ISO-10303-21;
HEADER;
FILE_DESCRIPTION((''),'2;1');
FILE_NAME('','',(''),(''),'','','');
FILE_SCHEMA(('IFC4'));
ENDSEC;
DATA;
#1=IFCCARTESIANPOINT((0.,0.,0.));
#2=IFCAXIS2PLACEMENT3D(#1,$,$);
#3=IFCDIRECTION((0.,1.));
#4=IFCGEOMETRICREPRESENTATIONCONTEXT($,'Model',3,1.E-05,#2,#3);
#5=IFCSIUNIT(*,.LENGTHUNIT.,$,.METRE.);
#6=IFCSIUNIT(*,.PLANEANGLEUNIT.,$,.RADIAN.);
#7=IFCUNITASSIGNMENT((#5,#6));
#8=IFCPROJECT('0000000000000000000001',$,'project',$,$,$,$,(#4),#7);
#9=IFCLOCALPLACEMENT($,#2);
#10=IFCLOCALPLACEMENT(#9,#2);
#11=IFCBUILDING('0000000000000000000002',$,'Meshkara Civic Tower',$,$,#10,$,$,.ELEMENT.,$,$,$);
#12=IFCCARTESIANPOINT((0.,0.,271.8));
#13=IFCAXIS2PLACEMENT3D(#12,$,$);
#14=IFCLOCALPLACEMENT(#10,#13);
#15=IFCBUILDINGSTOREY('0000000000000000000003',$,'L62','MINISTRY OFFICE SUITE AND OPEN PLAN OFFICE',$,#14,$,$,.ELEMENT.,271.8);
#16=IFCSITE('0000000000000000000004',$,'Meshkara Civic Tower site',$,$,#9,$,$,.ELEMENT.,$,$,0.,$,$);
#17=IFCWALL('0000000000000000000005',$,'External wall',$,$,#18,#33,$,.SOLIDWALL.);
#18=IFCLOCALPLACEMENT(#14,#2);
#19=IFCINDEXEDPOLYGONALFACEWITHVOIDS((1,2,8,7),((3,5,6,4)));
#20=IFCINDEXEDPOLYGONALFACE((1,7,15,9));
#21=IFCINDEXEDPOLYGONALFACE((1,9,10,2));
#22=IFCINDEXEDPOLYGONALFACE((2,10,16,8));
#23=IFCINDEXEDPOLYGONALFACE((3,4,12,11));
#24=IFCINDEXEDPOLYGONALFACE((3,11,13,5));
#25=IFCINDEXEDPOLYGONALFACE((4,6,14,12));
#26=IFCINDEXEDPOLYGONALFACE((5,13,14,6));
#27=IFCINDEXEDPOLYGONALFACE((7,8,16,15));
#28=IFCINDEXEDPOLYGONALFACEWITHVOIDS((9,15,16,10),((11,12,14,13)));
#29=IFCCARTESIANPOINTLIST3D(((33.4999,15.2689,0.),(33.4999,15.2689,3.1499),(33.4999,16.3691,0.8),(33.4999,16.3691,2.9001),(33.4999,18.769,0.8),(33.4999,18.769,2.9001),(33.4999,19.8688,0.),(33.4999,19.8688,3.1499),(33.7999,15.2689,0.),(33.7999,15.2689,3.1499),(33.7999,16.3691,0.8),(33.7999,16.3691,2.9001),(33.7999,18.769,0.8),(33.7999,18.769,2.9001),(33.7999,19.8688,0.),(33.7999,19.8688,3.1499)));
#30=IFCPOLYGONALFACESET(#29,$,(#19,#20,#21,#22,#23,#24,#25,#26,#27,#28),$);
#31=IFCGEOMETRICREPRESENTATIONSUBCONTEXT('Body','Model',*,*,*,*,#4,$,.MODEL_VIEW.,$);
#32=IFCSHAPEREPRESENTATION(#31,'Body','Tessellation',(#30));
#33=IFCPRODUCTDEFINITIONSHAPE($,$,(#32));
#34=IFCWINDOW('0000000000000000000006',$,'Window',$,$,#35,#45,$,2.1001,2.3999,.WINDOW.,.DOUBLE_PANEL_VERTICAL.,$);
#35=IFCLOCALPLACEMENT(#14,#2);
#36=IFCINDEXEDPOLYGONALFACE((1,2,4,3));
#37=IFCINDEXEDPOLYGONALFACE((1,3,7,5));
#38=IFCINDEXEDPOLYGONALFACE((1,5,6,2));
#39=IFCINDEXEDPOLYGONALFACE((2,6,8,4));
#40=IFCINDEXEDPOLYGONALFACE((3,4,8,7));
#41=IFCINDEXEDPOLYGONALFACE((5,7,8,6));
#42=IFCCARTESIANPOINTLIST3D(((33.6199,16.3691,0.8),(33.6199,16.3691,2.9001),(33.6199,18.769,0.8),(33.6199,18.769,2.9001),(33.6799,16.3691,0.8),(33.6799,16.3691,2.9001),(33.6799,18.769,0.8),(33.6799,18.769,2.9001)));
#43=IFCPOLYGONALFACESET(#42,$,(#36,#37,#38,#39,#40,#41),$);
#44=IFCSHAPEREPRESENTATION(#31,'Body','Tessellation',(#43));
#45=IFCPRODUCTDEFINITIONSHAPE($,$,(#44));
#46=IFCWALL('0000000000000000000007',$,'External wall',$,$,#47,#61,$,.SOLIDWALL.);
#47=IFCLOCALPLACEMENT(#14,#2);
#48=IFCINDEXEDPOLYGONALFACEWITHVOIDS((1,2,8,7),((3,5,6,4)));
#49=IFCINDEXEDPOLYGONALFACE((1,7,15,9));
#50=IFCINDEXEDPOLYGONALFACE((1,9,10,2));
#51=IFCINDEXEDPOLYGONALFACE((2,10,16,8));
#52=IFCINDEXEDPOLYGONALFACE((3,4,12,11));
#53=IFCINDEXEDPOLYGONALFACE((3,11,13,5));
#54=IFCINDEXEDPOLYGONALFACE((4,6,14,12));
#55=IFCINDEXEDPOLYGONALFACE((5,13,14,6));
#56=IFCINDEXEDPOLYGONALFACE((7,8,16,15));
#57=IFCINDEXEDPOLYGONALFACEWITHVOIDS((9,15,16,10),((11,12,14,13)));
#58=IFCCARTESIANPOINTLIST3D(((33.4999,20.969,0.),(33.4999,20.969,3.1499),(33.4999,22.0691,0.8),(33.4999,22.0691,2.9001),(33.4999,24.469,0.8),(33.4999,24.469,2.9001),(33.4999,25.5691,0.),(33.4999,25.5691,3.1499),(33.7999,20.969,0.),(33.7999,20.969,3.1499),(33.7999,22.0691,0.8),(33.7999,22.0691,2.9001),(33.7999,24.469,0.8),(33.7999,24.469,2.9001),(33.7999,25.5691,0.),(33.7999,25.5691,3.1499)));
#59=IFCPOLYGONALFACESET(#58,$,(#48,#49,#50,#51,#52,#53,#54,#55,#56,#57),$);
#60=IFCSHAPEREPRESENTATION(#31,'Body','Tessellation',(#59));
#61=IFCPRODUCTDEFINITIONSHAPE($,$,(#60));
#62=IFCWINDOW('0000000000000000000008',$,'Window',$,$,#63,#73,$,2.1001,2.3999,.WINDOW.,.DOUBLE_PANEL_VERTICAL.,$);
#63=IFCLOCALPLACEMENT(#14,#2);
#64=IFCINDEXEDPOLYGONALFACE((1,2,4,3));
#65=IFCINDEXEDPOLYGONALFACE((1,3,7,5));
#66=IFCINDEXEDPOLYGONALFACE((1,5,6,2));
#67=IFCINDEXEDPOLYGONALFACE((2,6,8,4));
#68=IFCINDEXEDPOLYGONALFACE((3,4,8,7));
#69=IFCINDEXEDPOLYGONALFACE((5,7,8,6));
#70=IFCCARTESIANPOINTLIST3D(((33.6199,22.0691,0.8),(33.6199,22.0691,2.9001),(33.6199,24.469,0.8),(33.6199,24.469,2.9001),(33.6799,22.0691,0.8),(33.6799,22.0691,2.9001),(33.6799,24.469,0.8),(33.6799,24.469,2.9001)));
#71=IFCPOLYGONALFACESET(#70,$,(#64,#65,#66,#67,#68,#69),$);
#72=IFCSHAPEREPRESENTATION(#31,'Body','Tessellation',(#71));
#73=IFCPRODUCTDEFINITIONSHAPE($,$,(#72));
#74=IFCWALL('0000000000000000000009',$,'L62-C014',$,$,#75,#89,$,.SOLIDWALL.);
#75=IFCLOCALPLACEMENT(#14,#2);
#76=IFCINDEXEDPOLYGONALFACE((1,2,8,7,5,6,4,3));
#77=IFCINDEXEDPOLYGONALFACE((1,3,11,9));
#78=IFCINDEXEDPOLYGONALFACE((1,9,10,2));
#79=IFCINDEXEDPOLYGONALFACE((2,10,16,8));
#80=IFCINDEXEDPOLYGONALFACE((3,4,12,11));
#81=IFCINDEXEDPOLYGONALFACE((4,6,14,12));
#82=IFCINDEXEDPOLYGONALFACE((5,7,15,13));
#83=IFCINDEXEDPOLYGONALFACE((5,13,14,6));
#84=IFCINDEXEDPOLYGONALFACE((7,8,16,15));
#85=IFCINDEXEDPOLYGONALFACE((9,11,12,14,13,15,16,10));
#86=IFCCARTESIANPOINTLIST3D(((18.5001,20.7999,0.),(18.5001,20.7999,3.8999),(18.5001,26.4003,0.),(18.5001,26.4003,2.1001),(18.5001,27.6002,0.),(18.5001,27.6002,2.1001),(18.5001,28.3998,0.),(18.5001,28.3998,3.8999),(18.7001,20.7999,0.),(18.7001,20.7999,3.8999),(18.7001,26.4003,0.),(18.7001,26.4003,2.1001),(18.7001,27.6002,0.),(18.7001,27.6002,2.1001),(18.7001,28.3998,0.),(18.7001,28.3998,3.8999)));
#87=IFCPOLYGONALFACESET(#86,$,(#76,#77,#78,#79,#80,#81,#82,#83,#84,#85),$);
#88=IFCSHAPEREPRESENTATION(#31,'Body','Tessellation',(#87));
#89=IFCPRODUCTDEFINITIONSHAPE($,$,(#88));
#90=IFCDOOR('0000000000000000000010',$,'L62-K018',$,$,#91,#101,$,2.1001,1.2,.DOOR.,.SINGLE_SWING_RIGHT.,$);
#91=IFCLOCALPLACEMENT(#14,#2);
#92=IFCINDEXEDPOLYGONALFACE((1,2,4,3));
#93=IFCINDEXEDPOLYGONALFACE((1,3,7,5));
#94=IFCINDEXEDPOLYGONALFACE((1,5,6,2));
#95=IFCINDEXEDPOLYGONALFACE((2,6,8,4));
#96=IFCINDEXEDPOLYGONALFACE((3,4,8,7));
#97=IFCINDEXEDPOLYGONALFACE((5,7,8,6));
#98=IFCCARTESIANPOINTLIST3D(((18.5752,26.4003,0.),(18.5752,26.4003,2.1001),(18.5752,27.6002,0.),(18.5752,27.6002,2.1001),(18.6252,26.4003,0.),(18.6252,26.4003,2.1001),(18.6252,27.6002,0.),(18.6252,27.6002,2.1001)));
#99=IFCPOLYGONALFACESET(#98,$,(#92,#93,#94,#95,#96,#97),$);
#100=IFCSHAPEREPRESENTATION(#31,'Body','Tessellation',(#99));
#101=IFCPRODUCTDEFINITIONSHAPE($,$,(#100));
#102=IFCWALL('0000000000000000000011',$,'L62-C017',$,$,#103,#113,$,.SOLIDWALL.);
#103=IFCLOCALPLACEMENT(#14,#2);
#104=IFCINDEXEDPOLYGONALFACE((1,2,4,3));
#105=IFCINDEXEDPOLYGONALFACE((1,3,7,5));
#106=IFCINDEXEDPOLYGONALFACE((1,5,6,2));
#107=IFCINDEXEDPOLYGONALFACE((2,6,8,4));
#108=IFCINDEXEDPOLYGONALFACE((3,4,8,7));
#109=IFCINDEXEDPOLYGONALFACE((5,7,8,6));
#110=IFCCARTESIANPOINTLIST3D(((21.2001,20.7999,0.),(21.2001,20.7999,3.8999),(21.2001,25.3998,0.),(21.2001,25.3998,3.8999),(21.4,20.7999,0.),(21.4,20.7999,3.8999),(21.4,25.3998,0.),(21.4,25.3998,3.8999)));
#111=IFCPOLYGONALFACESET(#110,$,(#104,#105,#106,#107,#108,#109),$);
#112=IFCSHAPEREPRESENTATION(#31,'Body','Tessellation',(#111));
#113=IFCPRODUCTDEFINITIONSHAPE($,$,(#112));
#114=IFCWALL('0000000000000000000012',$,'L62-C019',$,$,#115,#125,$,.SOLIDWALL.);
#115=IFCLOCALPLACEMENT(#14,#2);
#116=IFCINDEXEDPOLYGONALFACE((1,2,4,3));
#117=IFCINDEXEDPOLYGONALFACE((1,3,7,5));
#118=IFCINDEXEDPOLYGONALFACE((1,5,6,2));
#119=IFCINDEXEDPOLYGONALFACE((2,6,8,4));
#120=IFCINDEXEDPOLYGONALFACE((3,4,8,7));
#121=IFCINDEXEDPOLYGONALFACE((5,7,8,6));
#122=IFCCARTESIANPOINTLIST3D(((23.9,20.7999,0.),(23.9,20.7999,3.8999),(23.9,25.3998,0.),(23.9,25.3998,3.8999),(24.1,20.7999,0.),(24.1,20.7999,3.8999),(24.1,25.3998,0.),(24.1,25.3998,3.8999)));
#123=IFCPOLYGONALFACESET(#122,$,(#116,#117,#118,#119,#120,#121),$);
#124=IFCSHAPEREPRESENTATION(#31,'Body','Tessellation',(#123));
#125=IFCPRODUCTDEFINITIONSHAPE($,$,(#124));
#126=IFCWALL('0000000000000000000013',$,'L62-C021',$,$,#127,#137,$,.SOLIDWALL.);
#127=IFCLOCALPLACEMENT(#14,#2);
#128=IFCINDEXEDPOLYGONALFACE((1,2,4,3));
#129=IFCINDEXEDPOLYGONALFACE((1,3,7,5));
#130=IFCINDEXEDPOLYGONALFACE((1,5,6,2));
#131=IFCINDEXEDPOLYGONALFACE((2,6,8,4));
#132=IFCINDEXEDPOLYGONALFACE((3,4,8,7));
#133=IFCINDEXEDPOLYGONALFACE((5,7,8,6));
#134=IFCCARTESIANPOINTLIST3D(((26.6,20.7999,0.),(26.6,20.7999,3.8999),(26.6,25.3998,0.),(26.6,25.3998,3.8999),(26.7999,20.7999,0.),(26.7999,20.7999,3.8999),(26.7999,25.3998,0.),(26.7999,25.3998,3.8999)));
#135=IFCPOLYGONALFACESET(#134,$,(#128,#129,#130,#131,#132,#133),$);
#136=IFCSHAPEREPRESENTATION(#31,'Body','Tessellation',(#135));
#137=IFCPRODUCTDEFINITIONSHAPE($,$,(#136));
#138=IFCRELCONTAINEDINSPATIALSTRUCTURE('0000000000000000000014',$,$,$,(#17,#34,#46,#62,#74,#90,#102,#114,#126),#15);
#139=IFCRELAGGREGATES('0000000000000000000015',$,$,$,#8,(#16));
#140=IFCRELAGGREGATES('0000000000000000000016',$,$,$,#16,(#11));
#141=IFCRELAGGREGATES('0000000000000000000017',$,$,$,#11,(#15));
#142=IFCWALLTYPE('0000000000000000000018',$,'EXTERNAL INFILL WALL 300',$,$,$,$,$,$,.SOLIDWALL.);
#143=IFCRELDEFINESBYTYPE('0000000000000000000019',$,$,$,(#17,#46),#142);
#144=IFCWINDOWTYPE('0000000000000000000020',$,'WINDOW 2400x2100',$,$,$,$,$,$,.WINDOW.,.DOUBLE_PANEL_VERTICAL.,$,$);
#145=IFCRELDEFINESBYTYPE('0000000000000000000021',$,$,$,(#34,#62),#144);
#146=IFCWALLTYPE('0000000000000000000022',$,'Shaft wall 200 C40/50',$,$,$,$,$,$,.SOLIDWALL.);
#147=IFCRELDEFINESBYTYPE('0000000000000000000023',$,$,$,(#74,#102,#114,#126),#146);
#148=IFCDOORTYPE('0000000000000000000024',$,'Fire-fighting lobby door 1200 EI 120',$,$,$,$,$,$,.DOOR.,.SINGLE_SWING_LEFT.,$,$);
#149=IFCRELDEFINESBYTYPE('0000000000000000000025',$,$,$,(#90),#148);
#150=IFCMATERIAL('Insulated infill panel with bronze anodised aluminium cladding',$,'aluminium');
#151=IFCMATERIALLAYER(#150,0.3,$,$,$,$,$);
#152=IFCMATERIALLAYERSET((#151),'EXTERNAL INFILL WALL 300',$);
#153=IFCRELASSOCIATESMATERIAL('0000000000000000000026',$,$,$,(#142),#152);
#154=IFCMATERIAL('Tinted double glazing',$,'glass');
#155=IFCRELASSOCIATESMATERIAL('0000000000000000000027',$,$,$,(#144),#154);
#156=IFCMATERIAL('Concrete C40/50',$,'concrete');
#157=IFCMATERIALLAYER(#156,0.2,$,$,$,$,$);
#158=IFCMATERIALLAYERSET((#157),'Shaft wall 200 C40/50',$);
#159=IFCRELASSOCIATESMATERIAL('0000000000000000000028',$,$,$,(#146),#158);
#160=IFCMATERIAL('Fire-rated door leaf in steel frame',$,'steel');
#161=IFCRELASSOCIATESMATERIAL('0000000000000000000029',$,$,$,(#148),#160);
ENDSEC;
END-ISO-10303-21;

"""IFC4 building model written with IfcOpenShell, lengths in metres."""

from ifc_helpers import new_model, si_unit, direction, frame, frame_2d, origin, place, context, subcontext, project, spatial, rectangle, extrude, material, layer, layer_set, type_object, element, fill, save


model = new_model("IFC4")

# Units and contexts
model_context = context("Model", 3, precision=1e-05, world=origin(), true_north=direction((0.0, 1.0)))
body_context = subcontext(model_context, "Body", "Model", "MODEL_VIEW")
ifc_project = project(units=[si_unit("LENGTHUNIT", "METRE"), si_unit("PLANEANGLEUNIT", "RADIAN")], contexts=[model_context])

# Site, building, storey
site_placement = place(None, origin())
site = spatial("IfcSite", under=ifc_project, at=site_placement, Name="Meshkara Civic Tower site", CompositionType="ELEMENT", RefElevation=0.0)
building_placement = place(site_placement, origin())
building = spatial("IfcBuilding", under=site, at=building_placement, Name="Meshkara Civic Tower", CompositionType="ELEMENT")
storey_placement = place(building_placement, frame((0.0, 0.0, 271.8)))
storey = spatial("IfcBuildingStorey", under=building, at=storey_placement, Name="L62", Description="MINISTRY OFFICE SUITE AND OPEN PLAN OFFICE", CompositionType="ELEMENT", Elevation=271.8)

# Walls, openings, windows
ifc_material_1 = material(Name="Insulated infill panel with bronze anodised aluminium cladding", Category="aluminium")
ifc_layer_1 = layer(ifc_material_1, 0.3)
ifc_layer_set_1 = layer_set([ifc_layer_1], Name="EXTERNAL INFILL WALL 300")
wall_type_1 = type_object("IfcWallType", Name="EXTERNAL INFILL WALL 300", PredefinedType="SOLIDWALL", material=ifc_layer_set_1)
ifc_material_2 = material(Name="Tinted double glazing", Category="glass")
window_type = type_object("IfcWindowType", Name="WINDOW 2400x2100", PartitioningType="DOUBLE_PANEL_VERTICAL", PredefinedType="WINDOW", material=ifc_material_2)
wall_1_placement = place(storey_placement, frame((33.6499, 15.269, 0.0), z_axis=(0.0, 0.0, 1.0), x_axis=(0.0, 1.0, 0.0)))
wall_1 = element("IfcWall", 1, at=wall_1_placement, inside=storey, type_object=wall_type_1, Name="External wall", PredefinedType="SOLIDWALL", context=body_context, shape_type="SweptSolid", body=[
    extrude(rectangle(XDim=4.5999, YDim=0.3, at=frame_2d((2.2998, 0.0))), origin(), (0.0, 0.0, 1.0), 3.1499),
])
opening_1_placement = place(wall_1_placement, frame((1.1001, 0.0, 0.8)))
opening_1 = element("IfcOpeningElement", 2, at=opening_1_placement, cuts=wall_1, PredefinedType="OPENING", context=body_context, shape_type="SweptSolid", body=[
    extrude(rectangle(XDim=2.3999, YDim=2.1001, at=frame_2d((1.2, 1.05))), frame((0.0, 0.1599, 0.0), z_axis=(0.0, -1.0, 0.0), x_axis=(1.0, 0.0, 0.0)), (0.0, 0.0, 1.0), 0.3201),
])
window_1_placement = place(opening_1_placement, origin())
window_1 = element("IfcWindow", 3, at=window_1_placement, inside=storey, type_object=window_type, Name="Window", OverallHeight=2.1001, OverallWidth=2.3999, PartitioningType="DOUBLE_PANEL_VERTICAL", PredefinedType="WINDOW", context=body_context, shape_type="SweptSolid", body=[
    extrude(rectangle(XDim=2.3999, YDim=2.1001, at=frame_2d((1.2, 1.05))), frame((0.0, 0.03, 0.0), z_axis=(0.0, -1.0, 0.0), x_axis=(1.0, 0.0, 0.0)), (0.0, 0.0, 1.0), 0.0601),
])
fill(opening_1, window_1)
wall_2_placement = place(storey_placement, frame((33.6499, 20.969, 0.0), z_axis=(0.0, 0.0, 1.0), x_axis=(0.0, 1.0, 0.0)))
wall_2 = element("IfcWall", 4, at=wall_2_placement, inside=storey, type_object=wall_type_1, Name="External wall", PredefinedType="SOLIDWALL", context=body_context, shape_type="SweptSolid", body=[
    extrude(rectangle(XDim=4.6001, YDim=0.3, at=frame_2d((2.3, 0.0))), origin(), (0.0, 0.0, 1.0), 3.1499),
])
opening_2_placement = place(wall_2_placement, frame((1.1001, 0.0, 0.8)))
opening_2 = element("IfcOpeningElement", 5, at=opening_2_placement, cuts=wall_2, PredefinedType="OPENING", context=body_context, shape_type="SweptSolid", body=[
    extrude(rectangle(XDim=2.3999, YDim=2.1001, at=frame_2d((1.2, 1.05))), frame((0.0, 0.1599, 0.0), z_axis=(0.0, -1.0, 0.0), x_axis=(1.0, 0.0, 0.0)), (0.0, 0.0, 1.0), 0.3201),
])
window_2_placement = place(opening_2_placement, origin())
window_2 = element("IfcWindow", 6, at=window_2_placement, inside=storey, type_object=window_type, Name="Window", OverallHeight=2.1001, OverallWidth=2.3999, PartitioningType="DOUBLE_PANEL_VERTICAL", PredefinedType="WINDOW", context=body_context, shape_type="SweptSolid", body=[
    extrude(rectangle(XDim=2.3999, YDim=2.1001, at=frame_2d((1.2, 1.05))), frame((0.0, 0.03, 0.0), z_axis=(0.0, -1.0, 0.0), x_axis=(1.0, 0.0, 0.0)), (0.0, 0.0, 1.0), 0.0601),
])
fill(opening_2, window_2)

# Wall, opening, door
ifc_material_3 = material(Name="Concrete C40/50", Category="concrete")
ifc_layer_2 = layer(ifc_material_3, 0.2)
ifc_layer_set_2 = layer_set([ifc_layer_2], Name="Shaft wall 200 C40/50")
wall_type_2 = type_object("IfcWallType", Name="Shaft wall 200 C40/50", PredefinedType="SOLIDWALL", material=ifc_layer_set_2)
wall_3_placement = place(storey_placement, frame((18.6001, 20.8, 0.0), z_axis=(0.0, 0.0, 1.0), x_axis=(0.0, 1.0, 0.0)))
wall_3 = element("IfcWall", 7, at=wall_3_placement, inside=storey, type_object=wall_type_2, Name="L62-C014", PredefinedType="SOLIDWALL", context=body_context, shape_type="SweptSolid", body=[
    extrude(rectangle(XDim=7.5999, YDim=0.2, at=frame_2d((3.7998, 0.0))), origin(), (0.0, 0.0, 1.0), 3.8999),
])
opening_3_placement = place(wall_3_placement, frame((5.6001, 0.0, 0.0)))
opening_3 = element("IfcOpeningElement", 8, at=opening_3_placement, cuts=wall_3, PredefinedType="OPENING", context=body_context, shape_type="SweptSolid", body=[
    extrude(rectangle(XDim=1.2, YDim=2.1001, at=frame_2d((0.6001, 1.05))), frame((0.0, 0.1099, 0.0), z_axis=(0.0, -1.0, 0.0), x_axis=(1.0, 0.0, 0.0)), (0.0, 0.0, 1.0), 0.22),
])
ifc_material_4 = material(Name="Fire-rated door leaf in steel frame", Category="steel")
door_type = type_object("IfcDoorType", Name="Fire-fighting lobby door 1200 EI 120", OperationType="SINGLE_SWING_LEFT", PredefinedType="DOOR", material=ifc_material_4)
door_placement = place(opening_3_placement, origin())
door = element("IfcDoor", 9, at=door_placement, inside=storey, type_object=door_type, Name="L62-K018", OperationType="SINGLE_SWING_RIGHT", OverallHeight=2.1001, OverallWidth=1.2, PredefinedType="DOOR", context=body_context, shape_type="SweptSolid", body=[
    extrude(rectangle(XDim=1.2, YDim=2.1001, at=frame_2d((0.6001, 1.05))), frame((0.0, 0.0249, 0.0), z_axis=(0.0, -1.0, 0.0), x_axis=(1.0, 0.0, 0.0)), (0.0, 0.0, 1.0), 0.05),
])
fill(opening_3, door)

# Walls
for number, where, z_axis, x_axis, name in (
    (10, (21.3, 20.8, 0.0), (0.0, 0.0, 1.0), (0.0, 1.0, 0.0), "L62-C017"),
    (11, (24.0, 20.8, 0.0), (0.0, 0.0, 1.0), (0.0, 1.0, 0.0), "L62-C019"),
    (12, (26.7, 20.8, 0.0), (0.0, 0.0, 1.0), (0.0, 1.0, 0.0), "L62-C021"),
):
    element("IfcWall", number, at=place(storey_placement, frame(where, z_axis=z_axis, x_axis=x_axis)), inside=storey, type_object=wall_type_2, Name=name, PredefinedType="SOLIDWALL", context=body_context, shape_type="SweptSolid", body=[
        extrude(rectangle(XDim=4.5999, YDim=0.2, at=frame_2d((2.2998, 0.0))), origin(), (0.0, 0.0, 1.0), 3.8999),
    ])

save(model, "model.ifc")
